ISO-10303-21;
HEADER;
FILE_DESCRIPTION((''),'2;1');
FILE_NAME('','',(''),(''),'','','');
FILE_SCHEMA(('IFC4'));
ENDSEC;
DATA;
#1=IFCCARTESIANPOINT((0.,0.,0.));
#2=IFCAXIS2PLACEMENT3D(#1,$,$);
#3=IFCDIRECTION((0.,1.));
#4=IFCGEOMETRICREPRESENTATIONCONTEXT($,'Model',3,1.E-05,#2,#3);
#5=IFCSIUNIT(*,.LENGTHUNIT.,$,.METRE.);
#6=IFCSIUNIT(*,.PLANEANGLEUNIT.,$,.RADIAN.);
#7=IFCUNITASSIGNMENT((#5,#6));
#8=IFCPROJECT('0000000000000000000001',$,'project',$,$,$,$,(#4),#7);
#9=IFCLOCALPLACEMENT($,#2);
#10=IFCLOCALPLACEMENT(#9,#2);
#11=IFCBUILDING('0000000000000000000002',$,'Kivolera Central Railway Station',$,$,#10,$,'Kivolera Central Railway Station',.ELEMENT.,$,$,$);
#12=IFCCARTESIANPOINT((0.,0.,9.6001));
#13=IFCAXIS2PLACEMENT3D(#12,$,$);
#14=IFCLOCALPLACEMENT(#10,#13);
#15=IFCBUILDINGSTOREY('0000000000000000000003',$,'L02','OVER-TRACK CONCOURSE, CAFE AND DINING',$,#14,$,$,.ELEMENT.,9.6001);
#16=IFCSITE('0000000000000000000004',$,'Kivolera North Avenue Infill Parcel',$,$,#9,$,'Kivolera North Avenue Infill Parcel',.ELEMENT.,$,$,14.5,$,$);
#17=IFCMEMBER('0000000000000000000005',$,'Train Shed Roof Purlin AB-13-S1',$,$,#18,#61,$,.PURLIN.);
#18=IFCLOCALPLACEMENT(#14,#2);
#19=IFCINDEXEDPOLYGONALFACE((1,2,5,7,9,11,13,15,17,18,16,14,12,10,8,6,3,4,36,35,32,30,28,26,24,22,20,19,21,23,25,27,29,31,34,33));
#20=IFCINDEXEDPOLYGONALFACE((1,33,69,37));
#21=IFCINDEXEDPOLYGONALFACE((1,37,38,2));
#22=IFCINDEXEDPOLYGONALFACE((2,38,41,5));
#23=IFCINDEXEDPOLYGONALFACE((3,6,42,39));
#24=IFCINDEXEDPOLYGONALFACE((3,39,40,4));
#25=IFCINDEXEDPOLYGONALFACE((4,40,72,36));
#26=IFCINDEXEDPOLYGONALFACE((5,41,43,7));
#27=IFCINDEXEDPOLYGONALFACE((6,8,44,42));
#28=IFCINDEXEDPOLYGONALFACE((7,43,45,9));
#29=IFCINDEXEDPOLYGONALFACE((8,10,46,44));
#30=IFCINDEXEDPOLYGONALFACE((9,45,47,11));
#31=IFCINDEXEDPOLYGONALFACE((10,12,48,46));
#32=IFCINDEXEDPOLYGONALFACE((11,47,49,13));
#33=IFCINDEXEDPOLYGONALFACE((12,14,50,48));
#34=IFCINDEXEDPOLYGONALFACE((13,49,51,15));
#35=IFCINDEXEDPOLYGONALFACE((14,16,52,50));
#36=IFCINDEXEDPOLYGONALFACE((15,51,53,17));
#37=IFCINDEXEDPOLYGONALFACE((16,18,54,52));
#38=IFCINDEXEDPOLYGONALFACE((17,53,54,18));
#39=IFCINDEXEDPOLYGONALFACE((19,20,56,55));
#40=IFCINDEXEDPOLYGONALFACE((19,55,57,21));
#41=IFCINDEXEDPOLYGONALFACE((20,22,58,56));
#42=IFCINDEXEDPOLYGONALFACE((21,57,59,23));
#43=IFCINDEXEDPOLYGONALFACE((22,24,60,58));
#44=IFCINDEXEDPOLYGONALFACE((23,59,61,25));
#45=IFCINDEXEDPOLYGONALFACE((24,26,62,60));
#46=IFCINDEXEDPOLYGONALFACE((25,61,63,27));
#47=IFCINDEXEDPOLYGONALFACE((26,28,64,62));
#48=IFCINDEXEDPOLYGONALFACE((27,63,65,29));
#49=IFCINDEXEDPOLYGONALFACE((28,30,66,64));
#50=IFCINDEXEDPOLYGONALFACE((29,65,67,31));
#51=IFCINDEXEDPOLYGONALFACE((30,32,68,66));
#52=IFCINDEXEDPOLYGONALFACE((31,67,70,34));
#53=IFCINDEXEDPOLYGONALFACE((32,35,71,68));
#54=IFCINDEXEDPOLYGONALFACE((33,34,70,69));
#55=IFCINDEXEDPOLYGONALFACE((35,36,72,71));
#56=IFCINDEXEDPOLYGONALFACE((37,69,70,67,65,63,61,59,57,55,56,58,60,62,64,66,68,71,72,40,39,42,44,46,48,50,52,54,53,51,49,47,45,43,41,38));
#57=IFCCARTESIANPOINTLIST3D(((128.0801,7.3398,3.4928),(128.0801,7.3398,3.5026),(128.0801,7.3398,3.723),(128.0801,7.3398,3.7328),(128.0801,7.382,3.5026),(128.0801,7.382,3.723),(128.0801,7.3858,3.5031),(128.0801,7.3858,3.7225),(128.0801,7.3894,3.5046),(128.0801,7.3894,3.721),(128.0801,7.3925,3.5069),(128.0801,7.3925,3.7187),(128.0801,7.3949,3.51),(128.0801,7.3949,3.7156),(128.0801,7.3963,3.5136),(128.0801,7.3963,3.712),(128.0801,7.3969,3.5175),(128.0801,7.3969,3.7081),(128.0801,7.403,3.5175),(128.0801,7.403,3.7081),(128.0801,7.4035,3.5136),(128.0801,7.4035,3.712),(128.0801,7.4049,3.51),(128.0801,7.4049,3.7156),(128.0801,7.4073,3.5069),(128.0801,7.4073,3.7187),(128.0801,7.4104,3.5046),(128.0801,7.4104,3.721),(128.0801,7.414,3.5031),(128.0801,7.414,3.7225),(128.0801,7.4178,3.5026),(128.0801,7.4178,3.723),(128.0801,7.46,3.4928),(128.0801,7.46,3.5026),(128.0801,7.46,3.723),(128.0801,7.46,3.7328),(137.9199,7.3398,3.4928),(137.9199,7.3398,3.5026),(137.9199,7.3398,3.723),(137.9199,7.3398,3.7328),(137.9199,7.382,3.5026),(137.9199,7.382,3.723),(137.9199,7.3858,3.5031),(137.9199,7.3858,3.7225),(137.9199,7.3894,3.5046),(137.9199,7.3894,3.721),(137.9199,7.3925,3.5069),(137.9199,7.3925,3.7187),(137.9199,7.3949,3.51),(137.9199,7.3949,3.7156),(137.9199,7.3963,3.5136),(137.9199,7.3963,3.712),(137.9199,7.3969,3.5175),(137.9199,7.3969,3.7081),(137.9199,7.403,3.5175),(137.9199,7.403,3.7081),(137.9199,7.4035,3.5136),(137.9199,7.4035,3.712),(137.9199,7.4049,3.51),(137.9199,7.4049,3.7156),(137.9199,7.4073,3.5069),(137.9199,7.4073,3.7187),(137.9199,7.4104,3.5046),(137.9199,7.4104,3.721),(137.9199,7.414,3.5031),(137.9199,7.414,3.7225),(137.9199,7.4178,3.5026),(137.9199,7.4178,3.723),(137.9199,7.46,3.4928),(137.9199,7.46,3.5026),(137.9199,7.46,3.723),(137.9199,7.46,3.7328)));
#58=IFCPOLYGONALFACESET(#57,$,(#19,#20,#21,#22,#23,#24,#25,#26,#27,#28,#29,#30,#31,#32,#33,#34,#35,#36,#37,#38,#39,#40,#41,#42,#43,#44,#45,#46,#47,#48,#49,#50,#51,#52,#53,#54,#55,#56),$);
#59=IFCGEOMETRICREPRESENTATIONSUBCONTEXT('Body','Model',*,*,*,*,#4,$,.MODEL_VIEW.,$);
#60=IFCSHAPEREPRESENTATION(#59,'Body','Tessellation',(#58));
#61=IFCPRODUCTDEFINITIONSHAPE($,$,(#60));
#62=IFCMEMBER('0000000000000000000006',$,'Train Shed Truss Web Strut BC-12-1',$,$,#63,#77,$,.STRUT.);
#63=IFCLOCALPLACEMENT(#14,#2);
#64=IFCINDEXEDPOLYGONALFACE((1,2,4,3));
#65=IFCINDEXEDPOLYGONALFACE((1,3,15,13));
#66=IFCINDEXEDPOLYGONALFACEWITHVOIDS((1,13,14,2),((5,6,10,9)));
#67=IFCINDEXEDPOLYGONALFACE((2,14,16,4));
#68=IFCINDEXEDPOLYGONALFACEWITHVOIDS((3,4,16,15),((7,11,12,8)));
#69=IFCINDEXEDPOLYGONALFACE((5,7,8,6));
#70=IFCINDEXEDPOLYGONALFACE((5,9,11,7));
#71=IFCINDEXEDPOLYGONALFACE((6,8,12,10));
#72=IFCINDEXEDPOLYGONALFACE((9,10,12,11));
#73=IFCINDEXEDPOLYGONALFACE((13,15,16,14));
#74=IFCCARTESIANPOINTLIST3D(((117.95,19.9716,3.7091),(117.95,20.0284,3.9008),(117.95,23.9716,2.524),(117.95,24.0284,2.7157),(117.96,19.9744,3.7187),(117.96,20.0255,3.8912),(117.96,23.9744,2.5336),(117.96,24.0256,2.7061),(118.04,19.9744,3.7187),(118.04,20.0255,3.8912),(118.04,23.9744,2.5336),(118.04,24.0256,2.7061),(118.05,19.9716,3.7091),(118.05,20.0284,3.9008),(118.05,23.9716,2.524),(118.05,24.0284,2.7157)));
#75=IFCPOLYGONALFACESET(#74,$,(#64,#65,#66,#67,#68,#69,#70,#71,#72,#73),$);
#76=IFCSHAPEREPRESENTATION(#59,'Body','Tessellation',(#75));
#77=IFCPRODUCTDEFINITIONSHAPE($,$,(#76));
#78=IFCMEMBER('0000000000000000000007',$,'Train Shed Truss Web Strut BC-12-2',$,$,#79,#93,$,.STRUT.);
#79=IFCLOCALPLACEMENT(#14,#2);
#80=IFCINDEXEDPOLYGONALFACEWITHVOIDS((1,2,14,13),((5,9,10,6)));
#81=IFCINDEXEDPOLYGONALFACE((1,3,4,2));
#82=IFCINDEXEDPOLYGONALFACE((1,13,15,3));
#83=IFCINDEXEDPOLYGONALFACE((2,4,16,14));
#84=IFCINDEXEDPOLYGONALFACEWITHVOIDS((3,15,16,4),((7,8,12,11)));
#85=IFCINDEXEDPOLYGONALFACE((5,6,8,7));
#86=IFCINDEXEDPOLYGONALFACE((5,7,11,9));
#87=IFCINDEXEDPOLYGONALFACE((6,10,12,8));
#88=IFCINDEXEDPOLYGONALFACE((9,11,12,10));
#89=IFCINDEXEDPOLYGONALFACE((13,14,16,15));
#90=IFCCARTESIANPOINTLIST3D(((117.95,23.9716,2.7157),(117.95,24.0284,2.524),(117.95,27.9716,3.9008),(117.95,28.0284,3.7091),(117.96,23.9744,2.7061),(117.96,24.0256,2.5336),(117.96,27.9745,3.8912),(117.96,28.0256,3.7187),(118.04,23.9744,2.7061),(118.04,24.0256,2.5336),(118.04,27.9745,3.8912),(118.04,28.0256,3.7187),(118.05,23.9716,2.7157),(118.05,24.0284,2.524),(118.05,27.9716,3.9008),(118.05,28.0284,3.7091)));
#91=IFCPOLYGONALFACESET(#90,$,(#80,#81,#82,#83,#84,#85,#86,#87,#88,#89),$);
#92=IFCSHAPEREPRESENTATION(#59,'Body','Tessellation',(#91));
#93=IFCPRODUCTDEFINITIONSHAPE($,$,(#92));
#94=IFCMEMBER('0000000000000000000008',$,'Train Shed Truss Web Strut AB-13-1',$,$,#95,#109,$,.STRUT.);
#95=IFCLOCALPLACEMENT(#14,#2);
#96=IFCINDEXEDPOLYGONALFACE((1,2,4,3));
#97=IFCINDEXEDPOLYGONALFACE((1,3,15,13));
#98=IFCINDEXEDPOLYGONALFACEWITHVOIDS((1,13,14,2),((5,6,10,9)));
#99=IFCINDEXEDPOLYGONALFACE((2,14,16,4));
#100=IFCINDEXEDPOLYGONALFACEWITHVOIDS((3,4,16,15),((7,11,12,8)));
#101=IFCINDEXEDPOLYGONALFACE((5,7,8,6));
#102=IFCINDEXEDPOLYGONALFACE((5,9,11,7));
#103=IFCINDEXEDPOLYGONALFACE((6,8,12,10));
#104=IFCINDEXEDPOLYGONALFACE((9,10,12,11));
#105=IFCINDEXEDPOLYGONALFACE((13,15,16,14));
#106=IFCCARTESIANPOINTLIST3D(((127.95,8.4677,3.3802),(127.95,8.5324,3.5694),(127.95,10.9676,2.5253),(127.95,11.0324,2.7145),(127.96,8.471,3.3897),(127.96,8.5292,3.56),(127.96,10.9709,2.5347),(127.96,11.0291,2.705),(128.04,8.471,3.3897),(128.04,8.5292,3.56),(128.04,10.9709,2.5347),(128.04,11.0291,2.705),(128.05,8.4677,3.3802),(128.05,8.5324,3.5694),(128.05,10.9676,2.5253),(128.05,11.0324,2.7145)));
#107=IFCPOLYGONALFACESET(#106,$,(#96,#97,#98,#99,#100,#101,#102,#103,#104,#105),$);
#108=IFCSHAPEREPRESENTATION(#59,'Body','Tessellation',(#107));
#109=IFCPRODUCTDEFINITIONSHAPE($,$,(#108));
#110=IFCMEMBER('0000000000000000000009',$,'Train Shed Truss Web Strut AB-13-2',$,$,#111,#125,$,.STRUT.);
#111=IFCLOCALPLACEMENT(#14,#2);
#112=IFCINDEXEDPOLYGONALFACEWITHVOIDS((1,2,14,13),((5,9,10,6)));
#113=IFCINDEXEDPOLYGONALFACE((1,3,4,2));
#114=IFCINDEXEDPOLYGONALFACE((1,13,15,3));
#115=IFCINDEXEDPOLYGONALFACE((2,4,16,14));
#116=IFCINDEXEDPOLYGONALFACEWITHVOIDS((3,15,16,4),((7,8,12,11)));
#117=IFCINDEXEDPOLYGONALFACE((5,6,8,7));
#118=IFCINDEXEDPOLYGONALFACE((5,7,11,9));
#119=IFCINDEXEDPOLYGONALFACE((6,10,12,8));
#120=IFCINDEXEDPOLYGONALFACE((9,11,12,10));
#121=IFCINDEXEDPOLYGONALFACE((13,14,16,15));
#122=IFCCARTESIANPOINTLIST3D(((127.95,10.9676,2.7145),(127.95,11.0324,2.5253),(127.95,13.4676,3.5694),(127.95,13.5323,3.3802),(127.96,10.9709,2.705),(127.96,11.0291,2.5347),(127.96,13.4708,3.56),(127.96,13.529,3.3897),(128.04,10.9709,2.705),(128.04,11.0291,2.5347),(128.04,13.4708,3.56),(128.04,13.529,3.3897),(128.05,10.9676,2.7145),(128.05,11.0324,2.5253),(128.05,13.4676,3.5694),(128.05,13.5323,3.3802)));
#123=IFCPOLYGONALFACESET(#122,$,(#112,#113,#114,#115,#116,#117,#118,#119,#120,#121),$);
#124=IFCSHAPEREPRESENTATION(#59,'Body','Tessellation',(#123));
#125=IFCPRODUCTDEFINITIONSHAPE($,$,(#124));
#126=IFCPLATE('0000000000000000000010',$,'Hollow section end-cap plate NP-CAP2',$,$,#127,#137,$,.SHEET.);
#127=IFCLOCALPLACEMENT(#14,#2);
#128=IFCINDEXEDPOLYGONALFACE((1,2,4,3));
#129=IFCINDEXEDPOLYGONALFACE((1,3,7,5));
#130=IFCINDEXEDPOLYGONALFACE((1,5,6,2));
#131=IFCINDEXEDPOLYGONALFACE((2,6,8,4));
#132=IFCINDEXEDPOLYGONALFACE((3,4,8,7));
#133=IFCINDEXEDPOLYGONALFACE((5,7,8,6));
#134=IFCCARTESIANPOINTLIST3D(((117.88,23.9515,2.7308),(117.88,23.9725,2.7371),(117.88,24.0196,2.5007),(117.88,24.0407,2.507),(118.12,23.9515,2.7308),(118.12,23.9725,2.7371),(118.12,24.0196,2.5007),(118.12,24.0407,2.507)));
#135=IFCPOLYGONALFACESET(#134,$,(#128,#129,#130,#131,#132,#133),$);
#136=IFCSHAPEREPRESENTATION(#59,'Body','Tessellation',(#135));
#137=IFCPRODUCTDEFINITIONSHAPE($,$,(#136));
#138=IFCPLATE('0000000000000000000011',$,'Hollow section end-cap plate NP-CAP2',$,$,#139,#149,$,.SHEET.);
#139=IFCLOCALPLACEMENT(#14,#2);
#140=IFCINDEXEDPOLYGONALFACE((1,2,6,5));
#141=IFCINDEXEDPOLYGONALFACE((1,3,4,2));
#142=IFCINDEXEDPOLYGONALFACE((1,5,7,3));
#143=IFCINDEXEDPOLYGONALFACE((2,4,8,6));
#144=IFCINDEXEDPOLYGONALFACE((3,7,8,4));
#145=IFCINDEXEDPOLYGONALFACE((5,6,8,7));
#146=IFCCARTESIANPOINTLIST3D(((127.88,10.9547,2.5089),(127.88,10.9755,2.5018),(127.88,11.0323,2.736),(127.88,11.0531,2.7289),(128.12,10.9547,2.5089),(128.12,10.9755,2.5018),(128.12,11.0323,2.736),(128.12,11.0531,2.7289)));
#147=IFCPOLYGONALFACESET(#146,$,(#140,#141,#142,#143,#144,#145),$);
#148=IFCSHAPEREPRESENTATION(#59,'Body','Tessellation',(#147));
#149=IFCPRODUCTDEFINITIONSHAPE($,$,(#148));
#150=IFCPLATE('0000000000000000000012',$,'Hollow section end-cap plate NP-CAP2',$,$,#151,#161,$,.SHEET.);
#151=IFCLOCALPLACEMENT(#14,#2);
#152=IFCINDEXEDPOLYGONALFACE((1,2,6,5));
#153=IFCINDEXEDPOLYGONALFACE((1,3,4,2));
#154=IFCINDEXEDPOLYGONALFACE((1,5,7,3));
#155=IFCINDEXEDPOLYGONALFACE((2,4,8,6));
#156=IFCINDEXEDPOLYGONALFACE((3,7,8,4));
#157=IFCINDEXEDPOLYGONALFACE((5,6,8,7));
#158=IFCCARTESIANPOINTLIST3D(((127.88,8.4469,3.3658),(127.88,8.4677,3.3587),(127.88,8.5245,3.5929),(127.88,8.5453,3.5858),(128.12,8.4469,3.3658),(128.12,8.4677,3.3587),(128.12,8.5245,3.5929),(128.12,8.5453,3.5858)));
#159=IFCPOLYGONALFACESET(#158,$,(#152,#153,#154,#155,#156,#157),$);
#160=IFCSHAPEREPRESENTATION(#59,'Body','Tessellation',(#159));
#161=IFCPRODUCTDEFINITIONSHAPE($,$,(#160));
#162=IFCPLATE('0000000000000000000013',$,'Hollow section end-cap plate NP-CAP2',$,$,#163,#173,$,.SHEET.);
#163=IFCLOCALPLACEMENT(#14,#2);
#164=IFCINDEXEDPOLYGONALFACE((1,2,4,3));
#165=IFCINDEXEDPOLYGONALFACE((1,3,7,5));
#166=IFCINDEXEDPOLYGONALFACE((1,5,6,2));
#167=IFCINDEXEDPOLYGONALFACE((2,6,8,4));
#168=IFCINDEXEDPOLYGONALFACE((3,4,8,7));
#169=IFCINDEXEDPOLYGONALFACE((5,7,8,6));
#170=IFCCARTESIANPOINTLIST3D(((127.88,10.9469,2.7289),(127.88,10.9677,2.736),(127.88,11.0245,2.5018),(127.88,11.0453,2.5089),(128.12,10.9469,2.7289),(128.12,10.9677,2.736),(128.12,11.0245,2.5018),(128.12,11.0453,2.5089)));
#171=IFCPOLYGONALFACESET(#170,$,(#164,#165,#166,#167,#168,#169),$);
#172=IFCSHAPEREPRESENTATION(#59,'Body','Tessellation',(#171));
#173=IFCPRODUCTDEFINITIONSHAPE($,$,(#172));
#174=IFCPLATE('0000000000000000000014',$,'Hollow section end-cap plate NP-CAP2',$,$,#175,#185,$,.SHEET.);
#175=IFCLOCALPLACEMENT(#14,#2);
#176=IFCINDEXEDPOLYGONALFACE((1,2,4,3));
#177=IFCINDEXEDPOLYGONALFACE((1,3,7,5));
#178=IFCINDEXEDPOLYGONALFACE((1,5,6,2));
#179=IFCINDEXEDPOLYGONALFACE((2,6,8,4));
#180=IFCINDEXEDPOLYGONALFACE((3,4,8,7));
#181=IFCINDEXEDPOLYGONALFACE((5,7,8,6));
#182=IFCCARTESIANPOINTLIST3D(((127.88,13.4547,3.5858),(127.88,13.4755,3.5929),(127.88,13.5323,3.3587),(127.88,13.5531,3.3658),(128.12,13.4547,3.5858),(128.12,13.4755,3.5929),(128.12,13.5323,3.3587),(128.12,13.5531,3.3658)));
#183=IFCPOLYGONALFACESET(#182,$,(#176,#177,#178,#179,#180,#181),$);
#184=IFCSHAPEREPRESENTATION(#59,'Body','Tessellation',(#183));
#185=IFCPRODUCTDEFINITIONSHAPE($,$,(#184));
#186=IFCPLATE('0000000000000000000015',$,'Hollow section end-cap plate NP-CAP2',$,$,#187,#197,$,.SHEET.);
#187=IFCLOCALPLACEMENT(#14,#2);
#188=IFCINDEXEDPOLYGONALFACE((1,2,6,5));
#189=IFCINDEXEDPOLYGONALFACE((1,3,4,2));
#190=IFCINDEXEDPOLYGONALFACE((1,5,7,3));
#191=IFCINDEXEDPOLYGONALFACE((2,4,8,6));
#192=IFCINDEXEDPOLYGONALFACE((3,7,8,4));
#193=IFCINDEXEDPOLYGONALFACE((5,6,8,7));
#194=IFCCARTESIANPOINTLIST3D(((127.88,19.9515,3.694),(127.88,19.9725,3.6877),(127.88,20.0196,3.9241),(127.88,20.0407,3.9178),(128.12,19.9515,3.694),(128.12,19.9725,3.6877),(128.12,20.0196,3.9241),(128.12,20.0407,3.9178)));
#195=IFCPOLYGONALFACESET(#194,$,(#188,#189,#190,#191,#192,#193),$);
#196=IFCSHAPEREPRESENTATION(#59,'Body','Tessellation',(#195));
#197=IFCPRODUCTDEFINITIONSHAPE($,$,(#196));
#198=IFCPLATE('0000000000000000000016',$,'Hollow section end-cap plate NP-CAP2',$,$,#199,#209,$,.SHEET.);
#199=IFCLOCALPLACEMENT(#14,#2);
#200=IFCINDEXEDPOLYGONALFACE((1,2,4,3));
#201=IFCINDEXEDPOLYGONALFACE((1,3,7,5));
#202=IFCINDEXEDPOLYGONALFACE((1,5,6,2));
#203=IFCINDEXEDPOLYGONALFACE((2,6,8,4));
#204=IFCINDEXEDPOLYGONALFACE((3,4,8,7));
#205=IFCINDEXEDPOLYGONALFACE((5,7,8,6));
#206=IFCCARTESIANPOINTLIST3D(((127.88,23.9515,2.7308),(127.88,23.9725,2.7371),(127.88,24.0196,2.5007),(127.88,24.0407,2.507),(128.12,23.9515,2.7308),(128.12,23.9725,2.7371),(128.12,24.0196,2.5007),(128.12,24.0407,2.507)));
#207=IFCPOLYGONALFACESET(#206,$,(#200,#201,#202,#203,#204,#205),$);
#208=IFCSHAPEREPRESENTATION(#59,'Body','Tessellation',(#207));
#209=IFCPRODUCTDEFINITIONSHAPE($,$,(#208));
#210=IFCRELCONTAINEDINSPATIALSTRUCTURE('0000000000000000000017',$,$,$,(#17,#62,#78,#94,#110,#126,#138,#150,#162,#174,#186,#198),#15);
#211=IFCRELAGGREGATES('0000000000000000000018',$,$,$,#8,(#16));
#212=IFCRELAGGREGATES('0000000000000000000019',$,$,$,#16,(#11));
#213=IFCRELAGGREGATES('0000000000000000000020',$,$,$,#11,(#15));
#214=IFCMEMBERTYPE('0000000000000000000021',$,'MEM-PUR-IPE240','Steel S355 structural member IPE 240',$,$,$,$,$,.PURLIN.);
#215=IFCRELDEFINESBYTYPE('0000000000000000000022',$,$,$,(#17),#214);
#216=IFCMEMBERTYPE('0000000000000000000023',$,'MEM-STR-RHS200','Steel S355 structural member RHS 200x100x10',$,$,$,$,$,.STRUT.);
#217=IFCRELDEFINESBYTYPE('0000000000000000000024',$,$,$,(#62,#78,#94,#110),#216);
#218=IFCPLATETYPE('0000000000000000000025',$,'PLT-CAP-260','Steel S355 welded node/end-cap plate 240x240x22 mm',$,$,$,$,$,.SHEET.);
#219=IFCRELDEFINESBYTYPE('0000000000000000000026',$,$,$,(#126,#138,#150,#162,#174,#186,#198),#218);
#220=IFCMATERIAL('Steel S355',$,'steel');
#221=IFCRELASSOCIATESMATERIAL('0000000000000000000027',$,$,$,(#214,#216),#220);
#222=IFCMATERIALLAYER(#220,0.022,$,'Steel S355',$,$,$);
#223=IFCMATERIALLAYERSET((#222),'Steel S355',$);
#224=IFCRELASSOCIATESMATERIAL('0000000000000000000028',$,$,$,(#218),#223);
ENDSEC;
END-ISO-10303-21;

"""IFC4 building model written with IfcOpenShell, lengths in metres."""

from ifc_helpers import new_model, si_unit, direction, frame, origin, origin_2d, place, context, subcontext, project, spatial, rectangle, hollow_rectangle, i_section, extrude, material, layer, layer_set, material_profile, profile_set, type_object, element, save


model = new_model("IFC4")

# Units and contexts
model_context = context("Model", 3, precision=1e-05, world=origin(), true_north=direction((0.0, 1.0)))
body_context = subcontext(model_context, "Body", "Model", "MODEL_VIEW")
ifc_project = project(units=[si_unit("LENGTHUNIT", "METRE"), si_unit("PLANEANGLEUNIT", "RADIAN")], contexts=[model_context])

# Site, building, storey
site_placement = place(None, origin())
site = spatial("IfcSite", under=ifc_project, at=site_placement, Name="Kivolera North Avenue Infill Parcel", LongName="Kivolera North Avenue Infill Parcel", CompositionType="ELEMENT", RefElevation=14.5)
building_placement = place(site_placement, origin())
building = spatial("IfcBuilding", under=site, at=building_placement, Name="Kivolera Central Railway Station", LongName="Kivolera Central Railway Station", CompositionType="ELEMENT")
storey_placement = place(building_placement, frame((0.0, 0.0, 9.6001)))
storey = spatial("IfcBuildingStorey", under=building, at=storey_placement, Name="L02", Description="OVER-TRACK CONCOURSE, CAFE AND DINING", CompositionType="ELEMENT", Elevation=9.6001)

# Shared definitions
ifc_material_1 = material(Name="Steel S355", Category="steel")

# Members
ifc_material_profile_1 = material_profile(ifc_material_1, i_section(OverallWidth=0.1201, OverallDepth=0.24, WebThickness=0.0061, FlangeThickness=0.0098, FilletRadius=0.0149, at=origin_2d()), Name="IPE 240")
ifc_profile_set_1 = profile_set([ifc_material_profile_1], Name="Steel S355")
member_type_1 = type_object("IfcMemberType", Name="MEM-PUR-IPE240", Description="Steel S355 structural member IPE 240", PredefinedType="PURLIN", material=ifc_profile_set_1)
for number, where, z_axis, x_axis, name in (
    (1, (128.0801, 7.3999, 3.6128), (1.0, 0.0, 0.0), (0.0, 1.0, 0.0), "Train Shed Roof Purlin AB-13-S1"),
):
    element("IfcMember", number, at=place(storey_placement, frame(where, z_axis=z_axis, x_axis=x_axis)), inside=storey, type_object=member_type_1, Name=name, PredefinedType="PURLIN", context=body_context, shape_type="SweptSolid", body=[
        extrude(i_section(OverallWidth=0.1201, OverallDepth=0.24, WebThickness=0.0061, FlangeThickness=0.0098, FilletRadius=0.0149, at=origin_2d()), origin(), (0.0, 0.0, 1.0), 9.8398),
    ])
ifc_material_profile_2 = material_profile(ifc_material_1, hollow_rectangle(XDim=0.1001, YDim=0.2, WallThickness=0.01, at=origin_2d()), Name="RHS 200x100x10")
ifc_profile_set_2 = profile_set([ifc_material_profile_2], Name="Steel S355")
member_type_2 = type_object("IfcMemberType", Name="MEM-STR-RHS200", Description="Steel S355 structural member RHS 200x100x10", PredefinedType="STRUT", material=ifc_profile_set_2)
for number, where, z_axis, x_axis, name in (
    (2, (118.0, 24.0, 2.6199), (0.0, -0.958806, 0.28406), (1.0, 0.0, 0.0), "Train Shed Truss Web Strut BC-12-1"),
    (3, (118.0, 24.0, 2.6199), (0.0, 0.958806, 0.28406), (-1.0, 0.0, 0.0), "Train Shed Truss Web Strut BC-12-2"),
):
    element("IfcMember", number, at=place(storey_placement, frame(where, z_axis=z_axis, x_axis=x_axis)), inside=storey, type_object=member_type_2, Name=name, PredefinedType="STRUT", context=body_context, shape_type="SweptSolid", body=[
        extrude(hollow_rectangle(XDim=0.1001, YDim=0.2, WallThickness=0.01, at=origin_2d()), origin(), (0.0, 0.0, 1.0), 4.1719),
    ])
for number, where, z_axis, x_axis, name in (
    (4, (128.0, 11.0, 2.6199), (0.0, -0.946197, 0.323592), (1.0, 0.0, 0.0), "Train Shed Truss Web Strut AB-13-1"),
    (5, (128.0, 11.0, 2.6199), (0.0, 0.946197, 0.323592), (-1.0, 0.0, 0.0), "Train Shed Truss Web Strut AB-13-2"),
):
    element("IfcMember", number, at=place(storey_placement, frame(where, z_axis=z_axis, x_axis=x_axis)), inside=storey, type_object=member_type_2, Name=name, PredefinedType="STRUT", context=body_context, shape_type="SweptSolid", body=[
        extrude(hollow_rectangle(XDim=0.1001, YDim=0.2, WallThickness=0.01, at=origin_2d()), origin(), (0.0, 0.0, 1.0), 2.6421),
    ])

# Plates
ifc_layer_1 = layer(ifc_material_1, 0.022, Name="Steel S355")
ifc_layer_set_1 = layer_set([ifc_layer_1], Name="Steel S355")
plate_type = type_object("IfcPlateType", Name="PLT-CAP-260", Description="Steel S355 welded node/end-cap plate 240x240x22 mm", PredefinedType="SHEET", material=ifc_layer_set_1)
for number, where, z_axis, x_axis, name in (
    (6, (118.0, 23.9961, 2.6189), (0.0, 0.95881, 0.284048), (-1.0, 0.0, 0.0), "Hollow section end-cap plate NP-CAP2"),
    (7, (128.0, 11.0039, 2.6189), (0.0, -0.946194, 0.323599), (1.0, 0.0, 0.0), "Hollow section end-cap plate NP-CAP2"),
    (8, (128.0, 8.4961, 3.4758), (0.0, -0.946194, 0.323599), (1.0, 0.0, 0.0), "Hollow section end-cap plate NP-CAP2"),
    (9, (128.0, 10.9961, 2.6189), (0.0, 0.946194, 0.323599), (-1.0, 0.0, 0.0), "Hollow section end-cap plate NP-CAP2"),
    (10, (128.0, 13.5039, 3.4758), (0.0, 0.946194, 0.323599), (-1.0, 0.0, 0.0), "Hollow section end-cap plate NP-CAP2"),
    (11, (128.0, 19.9961, 3.8059), (0.0, -0.95881, 0.284048), (1.0, 0.0, 0.0), "Hollow section end-cap plate NP-CAP2"),
    (12, (128.0, 23.9961, 2.6189), (0.0, 0.95881, 0.284048), (-1.0, 0.0, 0.0), "Hollow section end-cap plate NP-CAP2"),
):
    element("IfcPlate", number, at=place(storey_placement, frame(where, z_axis=z_axis, x_axis=x_axis)), inside=storey, type_object=plate_type, Name=name, PredefinedType="SHEET", context=body_context, shape_type="SweptSolid", body=[
        extrude(rectangle(XDim=0.24, YDim=0.24, at=origin_2d()), frame((0.0, 0.0, -0.011)), (0.0, 0.0, 1.0), 0.022),
    ])

save(model, "model.ifc")
